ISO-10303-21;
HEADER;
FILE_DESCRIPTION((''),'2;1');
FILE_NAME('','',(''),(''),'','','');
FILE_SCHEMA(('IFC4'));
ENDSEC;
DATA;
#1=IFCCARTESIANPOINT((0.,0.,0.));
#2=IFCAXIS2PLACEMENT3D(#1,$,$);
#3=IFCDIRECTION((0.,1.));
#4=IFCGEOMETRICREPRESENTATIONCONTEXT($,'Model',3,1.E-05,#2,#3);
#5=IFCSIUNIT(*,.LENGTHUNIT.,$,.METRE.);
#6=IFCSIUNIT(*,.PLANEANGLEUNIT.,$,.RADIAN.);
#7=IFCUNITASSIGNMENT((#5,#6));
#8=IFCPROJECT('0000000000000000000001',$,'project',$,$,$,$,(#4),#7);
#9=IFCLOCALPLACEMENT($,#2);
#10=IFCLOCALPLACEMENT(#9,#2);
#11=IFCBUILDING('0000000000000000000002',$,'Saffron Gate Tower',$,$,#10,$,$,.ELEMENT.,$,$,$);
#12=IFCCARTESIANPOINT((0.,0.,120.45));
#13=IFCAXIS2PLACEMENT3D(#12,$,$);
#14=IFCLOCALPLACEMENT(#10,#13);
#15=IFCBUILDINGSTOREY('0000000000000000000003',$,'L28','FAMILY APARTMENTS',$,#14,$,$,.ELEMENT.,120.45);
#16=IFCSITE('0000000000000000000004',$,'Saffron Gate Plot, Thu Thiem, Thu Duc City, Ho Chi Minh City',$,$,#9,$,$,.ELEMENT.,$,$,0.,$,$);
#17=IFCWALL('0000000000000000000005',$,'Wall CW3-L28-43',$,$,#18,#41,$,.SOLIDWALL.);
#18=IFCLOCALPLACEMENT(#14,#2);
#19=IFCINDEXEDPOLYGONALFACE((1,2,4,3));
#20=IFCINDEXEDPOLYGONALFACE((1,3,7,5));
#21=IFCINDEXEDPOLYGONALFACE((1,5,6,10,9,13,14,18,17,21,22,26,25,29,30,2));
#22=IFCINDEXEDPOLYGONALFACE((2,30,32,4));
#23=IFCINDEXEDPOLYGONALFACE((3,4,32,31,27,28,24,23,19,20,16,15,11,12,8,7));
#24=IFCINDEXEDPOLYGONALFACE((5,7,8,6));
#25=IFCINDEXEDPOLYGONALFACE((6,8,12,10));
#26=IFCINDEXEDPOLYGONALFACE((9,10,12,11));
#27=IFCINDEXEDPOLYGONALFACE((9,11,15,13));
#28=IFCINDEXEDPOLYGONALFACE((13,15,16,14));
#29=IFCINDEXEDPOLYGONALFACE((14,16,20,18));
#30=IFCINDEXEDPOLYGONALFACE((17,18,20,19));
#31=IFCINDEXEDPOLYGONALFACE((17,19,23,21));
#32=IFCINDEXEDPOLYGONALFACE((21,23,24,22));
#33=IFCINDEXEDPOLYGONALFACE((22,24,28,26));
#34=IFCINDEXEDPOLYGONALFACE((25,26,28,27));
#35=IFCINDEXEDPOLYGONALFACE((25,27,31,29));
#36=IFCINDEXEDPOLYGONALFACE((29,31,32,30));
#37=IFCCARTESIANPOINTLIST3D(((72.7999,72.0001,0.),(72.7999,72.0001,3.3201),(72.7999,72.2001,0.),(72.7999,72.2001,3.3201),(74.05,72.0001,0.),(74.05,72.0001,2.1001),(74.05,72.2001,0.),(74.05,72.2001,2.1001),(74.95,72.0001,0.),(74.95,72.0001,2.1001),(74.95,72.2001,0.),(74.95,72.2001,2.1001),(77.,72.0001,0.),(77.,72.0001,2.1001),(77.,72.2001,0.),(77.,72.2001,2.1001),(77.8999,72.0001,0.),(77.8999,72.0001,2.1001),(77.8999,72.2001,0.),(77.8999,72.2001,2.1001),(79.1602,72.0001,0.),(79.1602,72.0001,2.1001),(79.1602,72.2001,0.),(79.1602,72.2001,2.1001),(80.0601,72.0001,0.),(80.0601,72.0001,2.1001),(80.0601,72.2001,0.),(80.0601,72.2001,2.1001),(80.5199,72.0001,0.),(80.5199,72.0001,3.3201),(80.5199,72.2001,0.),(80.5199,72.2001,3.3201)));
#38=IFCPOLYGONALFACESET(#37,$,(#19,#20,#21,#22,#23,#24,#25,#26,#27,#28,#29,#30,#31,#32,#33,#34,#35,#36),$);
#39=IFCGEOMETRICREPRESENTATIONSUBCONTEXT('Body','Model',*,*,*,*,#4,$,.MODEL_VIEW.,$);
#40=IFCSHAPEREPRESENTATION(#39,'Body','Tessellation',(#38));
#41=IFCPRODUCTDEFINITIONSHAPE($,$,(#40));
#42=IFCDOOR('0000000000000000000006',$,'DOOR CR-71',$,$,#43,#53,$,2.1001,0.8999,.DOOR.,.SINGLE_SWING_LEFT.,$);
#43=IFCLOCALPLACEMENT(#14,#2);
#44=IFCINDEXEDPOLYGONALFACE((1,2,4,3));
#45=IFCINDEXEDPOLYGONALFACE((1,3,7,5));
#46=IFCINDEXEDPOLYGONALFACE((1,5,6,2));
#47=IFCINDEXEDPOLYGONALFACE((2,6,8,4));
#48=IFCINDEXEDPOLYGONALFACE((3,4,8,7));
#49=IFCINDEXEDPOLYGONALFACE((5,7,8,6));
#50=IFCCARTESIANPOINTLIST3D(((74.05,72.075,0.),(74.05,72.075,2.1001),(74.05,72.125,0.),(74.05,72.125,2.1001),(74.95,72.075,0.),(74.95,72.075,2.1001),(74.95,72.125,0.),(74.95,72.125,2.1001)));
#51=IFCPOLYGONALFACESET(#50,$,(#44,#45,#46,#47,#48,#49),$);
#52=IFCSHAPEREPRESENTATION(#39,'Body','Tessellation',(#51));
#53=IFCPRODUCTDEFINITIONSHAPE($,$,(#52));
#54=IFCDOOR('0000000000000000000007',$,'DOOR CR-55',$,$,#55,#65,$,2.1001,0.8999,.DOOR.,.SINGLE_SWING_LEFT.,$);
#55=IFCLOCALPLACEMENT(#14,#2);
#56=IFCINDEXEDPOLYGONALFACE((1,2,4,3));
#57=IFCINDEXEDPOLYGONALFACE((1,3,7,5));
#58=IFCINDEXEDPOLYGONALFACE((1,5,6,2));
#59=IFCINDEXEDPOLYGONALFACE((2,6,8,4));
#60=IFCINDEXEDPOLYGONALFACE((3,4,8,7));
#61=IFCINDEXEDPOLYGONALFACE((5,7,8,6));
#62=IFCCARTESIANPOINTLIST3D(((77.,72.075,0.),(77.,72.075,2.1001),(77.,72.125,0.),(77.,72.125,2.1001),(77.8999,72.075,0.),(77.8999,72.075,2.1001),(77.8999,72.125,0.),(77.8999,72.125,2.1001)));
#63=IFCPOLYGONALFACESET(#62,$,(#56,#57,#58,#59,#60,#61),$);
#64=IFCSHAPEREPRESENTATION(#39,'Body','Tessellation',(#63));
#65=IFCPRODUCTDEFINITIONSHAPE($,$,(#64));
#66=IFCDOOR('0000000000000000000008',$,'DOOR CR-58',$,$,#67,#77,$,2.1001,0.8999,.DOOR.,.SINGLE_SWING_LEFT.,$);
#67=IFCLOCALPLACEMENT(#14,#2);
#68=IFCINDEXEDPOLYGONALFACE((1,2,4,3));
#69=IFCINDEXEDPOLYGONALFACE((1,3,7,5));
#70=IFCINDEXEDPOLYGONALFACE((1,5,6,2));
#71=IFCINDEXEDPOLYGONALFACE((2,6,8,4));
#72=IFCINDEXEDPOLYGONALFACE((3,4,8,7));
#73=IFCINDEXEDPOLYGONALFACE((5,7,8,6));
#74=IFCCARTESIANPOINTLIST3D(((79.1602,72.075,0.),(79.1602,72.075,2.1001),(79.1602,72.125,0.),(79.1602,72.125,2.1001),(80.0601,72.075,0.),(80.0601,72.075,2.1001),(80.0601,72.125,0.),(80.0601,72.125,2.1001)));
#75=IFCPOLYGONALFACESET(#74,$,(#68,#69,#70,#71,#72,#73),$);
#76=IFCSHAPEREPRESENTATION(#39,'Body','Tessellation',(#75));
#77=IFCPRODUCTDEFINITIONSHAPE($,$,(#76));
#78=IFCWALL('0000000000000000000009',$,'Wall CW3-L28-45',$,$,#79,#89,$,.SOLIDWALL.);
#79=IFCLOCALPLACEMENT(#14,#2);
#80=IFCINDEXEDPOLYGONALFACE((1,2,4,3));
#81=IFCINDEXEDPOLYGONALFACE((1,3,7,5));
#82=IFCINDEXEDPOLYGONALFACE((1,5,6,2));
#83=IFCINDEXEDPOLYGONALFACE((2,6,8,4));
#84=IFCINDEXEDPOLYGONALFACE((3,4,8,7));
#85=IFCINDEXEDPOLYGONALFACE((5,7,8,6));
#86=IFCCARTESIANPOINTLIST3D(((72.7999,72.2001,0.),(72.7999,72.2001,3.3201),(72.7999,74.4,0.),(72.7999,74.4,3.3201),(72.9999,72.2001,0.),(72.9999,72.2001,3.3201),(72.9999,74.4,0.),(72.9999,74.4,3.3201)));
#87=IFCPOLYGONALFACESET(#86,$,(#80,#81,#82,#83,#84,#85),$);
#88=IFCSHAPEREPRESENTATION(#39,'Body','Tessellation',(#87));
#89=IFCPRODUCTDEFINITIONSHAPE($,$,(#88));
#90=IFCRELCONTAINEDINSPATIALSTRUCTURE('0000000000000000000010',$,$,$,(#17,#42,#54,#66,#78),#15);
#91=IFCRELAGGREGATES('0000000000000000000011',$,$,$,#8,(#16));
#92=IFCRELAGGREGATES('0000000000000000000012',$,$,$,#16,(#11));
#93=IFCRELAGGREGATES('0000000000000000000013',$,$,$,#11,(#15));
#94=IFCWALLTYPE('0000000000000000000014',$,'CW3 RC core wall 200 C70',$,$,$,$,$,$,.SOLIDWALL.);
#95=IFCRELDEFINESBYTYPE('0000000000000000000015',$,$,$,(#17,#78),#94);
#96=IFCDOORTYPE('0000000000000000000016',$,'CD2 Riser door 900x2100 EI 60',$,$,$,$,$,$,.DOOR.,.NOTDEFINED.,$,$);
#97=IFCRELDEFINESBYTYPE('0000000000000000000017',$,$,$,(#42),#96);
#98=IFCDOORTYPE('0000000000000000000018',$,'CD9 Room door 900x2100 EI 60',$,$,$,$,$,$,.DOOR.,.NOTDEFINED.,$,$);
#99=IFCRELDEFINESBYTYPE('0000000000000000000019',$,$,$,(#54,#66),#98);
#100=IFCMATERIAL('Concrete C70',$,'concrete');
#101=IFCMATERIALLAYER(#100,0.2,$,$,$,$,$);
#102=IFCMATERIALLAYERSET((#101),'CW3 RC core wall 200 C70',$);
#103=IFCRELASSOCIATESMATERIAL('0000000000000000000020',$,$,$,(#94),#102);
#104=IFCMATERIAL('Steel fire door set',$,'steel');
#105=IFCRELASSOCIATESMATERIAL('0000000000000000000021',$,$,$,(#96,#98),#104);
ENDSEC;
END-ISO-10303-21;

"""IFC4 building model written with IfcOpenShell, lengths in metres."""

from ifc_helpers import new_model, si_unit, direction, frame, frame_2d, origin, place, context, subcontext, project, spatial, rectangle, extrude, material, layer, layer_set, type_object, element, fill, save


model = new_model("IFC4")

# Units and contexts
model_context = context("Model", 3, precision=1e-05, world=origin(), true_north=direction((0.0, 1.0)))
body_context = subcontext(model_context, "Body", "Model", "MODEL_VIEW")
ifc_project = project(units=[si_unit("LENGTHUNIT", "METRE"), si_unit("PLANEANGLEUNIT", "RADIAN")], contexts=[model_context])

# Site, building, storey
site_placement = place(None, origin())
site = spatial("IfcSite", under=ifc_project, at=site_placement, Name="Saffron Gate Plot, Thu Thiem, Thu Duc City, Ho Chi Minh City", CompositionType="ELEMENT", RefElevation=0.0)
building_placement = place(site_placement, origin())
building = spatial("IfcBuilding", under=site, at=building_placement, Name="Saffron Gate Tower", CompositionType="ELEMENT")
storey_placement = place(building_placement, frame((0.0, 0.0, 120.45)))
storey = spatial("IfcBuildingStorey", under=building, at=storey_placement, Name="L28", Description="FAMILY APARTMENTS", CompositionType="ELEMENT", Elevation=120.45)

# Shared definitions
ifc_material_1 = material(Name="Concrete C70", Category="concrete")
ifc_layer_1 = layer(ifc_material_1, 0.2)
ifc_layer_set_1 = layer_set([ifc_layer_1], Name="CW3 RC core wall 200 C70")
wall_type_1 = type_object("IfcWallType", Name="CW3 RC core wall 200 C70", PredefinedType="SOLIDWALL", material=ifc_layer_set_1)

# Wall, openings, doors
wall_1_placement = place(storey_placement, frame((72.8, 72.1001, 0.0), z_axis=(0.0, 0.0, 1.0), x_axis=(1.0, 0.0, 0.0)))
wall_1 = element("IfcWall", 1, at=wall_1_placement, inside=storey, type_object=wall_type_1, Name="Wall CW3-L28-43", PredefinedType="SOLIDWALL", context=body_context, shape_type="SweptSolid", body=[
    extrude(rectangle(XDim=7.72, YDim=0.2, at=frame_2d((3.8599, 0.0))), origin(), (0.0, 0.0, 1.0), 3.3201),
])
opening_1_placement = place(wall_1_placement, frame((1.25, 0.0, 0.0)))
opening_1 = element("IfcOpeningElement", 2, at=opening_1_placement, cuts=wall_1, PredefinedType="OPENING", context=body_context, shape_type="SweptSolid", body=[
    extrude(rectangle(XDim=0.8999, YDim=2.1001, at=frame_2d((0.45, 1.05))), frame((0.0, 0.1099, 0.0), z_axis=(0.0, -1.0, 0.0), x_axis=(1.0, 0.0, 0.0)), (0.0, 0.0, 1.0), 0.22),
])
opening_2_placement = place(wall_1_placement, frame((4.2, 0.0, 0.0)))
opening_2 = element("IfcOpeningElement", 3, at=opening_2_placement, cuts=wall_1, PredefinedType="OPENING", context=body_context, shape_type="SweptSolid", body=[
    extrude(rectangle(XDim=0.8999, YDim=2.1001, at=frame_2d((0.45, 1.05))), frame((0.0, 0.1099, 0.0), z_axis=(0.0, -1.0, 0.0), x_axis=(1.0, 0.0, 0.0)), (0.0, 0.0, 1.0), 0.22),
])
opening_3_placement = place(wall_1_placement, frame((6.3601, 0.0, 0.0)))
opening_3 = element("IfcOpeningElement", 4, at=opening_3_placement, cuts=wall_1, PredefinedType="OPENING", context=body_context, shape_type="SweptSolid", body=[
    extrude(rectangle(XDim=0.8999, YDim=2.1001, at=frame_2d((0.45, 1.05))), frame((0.0, 0.1099, 0.0), z_axis=(0.0, -1.0, 0.0), x_axis=(1.0, 0.0, 0.0)), (0.0, 0.0, 1.0), 0.22),
])
ifc_material_2 = material(Name="Steel fire door set", Category="steel")
door_type_1 = type_object("IfcDoorType", Name="CD2 Riser door 900x2100 EI 60", OperationType="NOTDEFINED", PredefinedType="DOOR", material=ifc_material_2)
door_1_placement = place(opening_1_placement, origin())
door_1 = element("IfcDoor", 5, at=door_1_placement, inside=storey, type_object=door_type_1, Name="DOOR CR-71", OperationType="SINGLE_SWING_LEFT", OverallHeight=2.1001, OverallWidth=0.8999, PredefinedType="DOOR", context=body_context, shape_type="SweptSolid", body=[
    extrude(rectangle(XDim=0.8999, YDim=2.1001, at=frame_2d((0.45, 1.05))), frame((0.0, 0.0249, 0.0), z_axis=(0.0, -1.0, 0.0), x_axis=(1.0, 0.0, 0.0)), (0.0, 0.0, 1.0), 0.05),
])
fill(opening_1, door_1)
door_type_2 = type_object("IfcDoorType", Name="CD9 Room door 900x2100 EI 60", OperationType="NOTDEFINED", PredefinedType="DOOR", material=ifc_material_2)
door_2_placement = place(opening_2_placement, origin())
door_2 = element("IfcDoor", 6, at=door_2_placement, inside=storey, type_object=door_type_2, Name="DOOR CR-55", OperationType="SINGLE_SWING_LEFT", OverallHeight=2.1001, OverallWidth=0.8999, PredefinedType="DOOR", context=body_context, shape_type="SweptSolid", body=[
    extrude(rectangle(XDim=0.8999, YDim=2.1001, at=frame_2d((0.45, 1.05))), frame((0.0, 0.0249, 0.0), z_axis=(0.0, -1.0, 0.0), x_axis=(1.0, 0.0, 0.0)), (0.0, 0.0, 1.0), 0.05),
])
fill(opening_2, door_2)
door_3_placement = place(opening_3_placement, origin())
door_3 = element("IfcDoor", 7, at=door_3_placement, inside=storey, type_object=door_type_2, Name="DOOR CR-58", OperationType="SINGLE_SWING_LEFT", OverallHeight=2.1001, OverallWidth=0.8999, PredefinedType="DOOR", context=body_context, shape_type="SweptSolid", body=[
    extrude(rectangle(XDim=0.8999, YDim=2.1001, at=frame_2d((0.45, 1.05))), frame((0.0, 0.0249, 0.0), z_axis=(0.0, -1.0, 0.0), x_axis=(1.0, 0.0, 0.0)), (0.0, 0.0, 1.0), 0.05),
])
fill(opening_3, door_3)

# Wall
wall_2_placement = place(storey_placement, frame((72.8999, 72.2, 0.0), z_axis=(0.0, 0.0, 1.0), x_axis=(0.0, 1.0, 0.0)))
element("IfcWall", 8, at=wall_2_placement, inside=storey, type_object=wall_type_1, Name="Wall CW3-L28-45", PredefinedType="SOLIDWALL", context=body_context, shape_type="SweptSolid", body=[
    extrude(rectangle(XDim=2.2, YDim=0.2, at=frame_2d((1.1001, 0.0))), origin(), (0.0, 0.0, 1.0), 3.3201),
])

save(model, "model.ifc")
